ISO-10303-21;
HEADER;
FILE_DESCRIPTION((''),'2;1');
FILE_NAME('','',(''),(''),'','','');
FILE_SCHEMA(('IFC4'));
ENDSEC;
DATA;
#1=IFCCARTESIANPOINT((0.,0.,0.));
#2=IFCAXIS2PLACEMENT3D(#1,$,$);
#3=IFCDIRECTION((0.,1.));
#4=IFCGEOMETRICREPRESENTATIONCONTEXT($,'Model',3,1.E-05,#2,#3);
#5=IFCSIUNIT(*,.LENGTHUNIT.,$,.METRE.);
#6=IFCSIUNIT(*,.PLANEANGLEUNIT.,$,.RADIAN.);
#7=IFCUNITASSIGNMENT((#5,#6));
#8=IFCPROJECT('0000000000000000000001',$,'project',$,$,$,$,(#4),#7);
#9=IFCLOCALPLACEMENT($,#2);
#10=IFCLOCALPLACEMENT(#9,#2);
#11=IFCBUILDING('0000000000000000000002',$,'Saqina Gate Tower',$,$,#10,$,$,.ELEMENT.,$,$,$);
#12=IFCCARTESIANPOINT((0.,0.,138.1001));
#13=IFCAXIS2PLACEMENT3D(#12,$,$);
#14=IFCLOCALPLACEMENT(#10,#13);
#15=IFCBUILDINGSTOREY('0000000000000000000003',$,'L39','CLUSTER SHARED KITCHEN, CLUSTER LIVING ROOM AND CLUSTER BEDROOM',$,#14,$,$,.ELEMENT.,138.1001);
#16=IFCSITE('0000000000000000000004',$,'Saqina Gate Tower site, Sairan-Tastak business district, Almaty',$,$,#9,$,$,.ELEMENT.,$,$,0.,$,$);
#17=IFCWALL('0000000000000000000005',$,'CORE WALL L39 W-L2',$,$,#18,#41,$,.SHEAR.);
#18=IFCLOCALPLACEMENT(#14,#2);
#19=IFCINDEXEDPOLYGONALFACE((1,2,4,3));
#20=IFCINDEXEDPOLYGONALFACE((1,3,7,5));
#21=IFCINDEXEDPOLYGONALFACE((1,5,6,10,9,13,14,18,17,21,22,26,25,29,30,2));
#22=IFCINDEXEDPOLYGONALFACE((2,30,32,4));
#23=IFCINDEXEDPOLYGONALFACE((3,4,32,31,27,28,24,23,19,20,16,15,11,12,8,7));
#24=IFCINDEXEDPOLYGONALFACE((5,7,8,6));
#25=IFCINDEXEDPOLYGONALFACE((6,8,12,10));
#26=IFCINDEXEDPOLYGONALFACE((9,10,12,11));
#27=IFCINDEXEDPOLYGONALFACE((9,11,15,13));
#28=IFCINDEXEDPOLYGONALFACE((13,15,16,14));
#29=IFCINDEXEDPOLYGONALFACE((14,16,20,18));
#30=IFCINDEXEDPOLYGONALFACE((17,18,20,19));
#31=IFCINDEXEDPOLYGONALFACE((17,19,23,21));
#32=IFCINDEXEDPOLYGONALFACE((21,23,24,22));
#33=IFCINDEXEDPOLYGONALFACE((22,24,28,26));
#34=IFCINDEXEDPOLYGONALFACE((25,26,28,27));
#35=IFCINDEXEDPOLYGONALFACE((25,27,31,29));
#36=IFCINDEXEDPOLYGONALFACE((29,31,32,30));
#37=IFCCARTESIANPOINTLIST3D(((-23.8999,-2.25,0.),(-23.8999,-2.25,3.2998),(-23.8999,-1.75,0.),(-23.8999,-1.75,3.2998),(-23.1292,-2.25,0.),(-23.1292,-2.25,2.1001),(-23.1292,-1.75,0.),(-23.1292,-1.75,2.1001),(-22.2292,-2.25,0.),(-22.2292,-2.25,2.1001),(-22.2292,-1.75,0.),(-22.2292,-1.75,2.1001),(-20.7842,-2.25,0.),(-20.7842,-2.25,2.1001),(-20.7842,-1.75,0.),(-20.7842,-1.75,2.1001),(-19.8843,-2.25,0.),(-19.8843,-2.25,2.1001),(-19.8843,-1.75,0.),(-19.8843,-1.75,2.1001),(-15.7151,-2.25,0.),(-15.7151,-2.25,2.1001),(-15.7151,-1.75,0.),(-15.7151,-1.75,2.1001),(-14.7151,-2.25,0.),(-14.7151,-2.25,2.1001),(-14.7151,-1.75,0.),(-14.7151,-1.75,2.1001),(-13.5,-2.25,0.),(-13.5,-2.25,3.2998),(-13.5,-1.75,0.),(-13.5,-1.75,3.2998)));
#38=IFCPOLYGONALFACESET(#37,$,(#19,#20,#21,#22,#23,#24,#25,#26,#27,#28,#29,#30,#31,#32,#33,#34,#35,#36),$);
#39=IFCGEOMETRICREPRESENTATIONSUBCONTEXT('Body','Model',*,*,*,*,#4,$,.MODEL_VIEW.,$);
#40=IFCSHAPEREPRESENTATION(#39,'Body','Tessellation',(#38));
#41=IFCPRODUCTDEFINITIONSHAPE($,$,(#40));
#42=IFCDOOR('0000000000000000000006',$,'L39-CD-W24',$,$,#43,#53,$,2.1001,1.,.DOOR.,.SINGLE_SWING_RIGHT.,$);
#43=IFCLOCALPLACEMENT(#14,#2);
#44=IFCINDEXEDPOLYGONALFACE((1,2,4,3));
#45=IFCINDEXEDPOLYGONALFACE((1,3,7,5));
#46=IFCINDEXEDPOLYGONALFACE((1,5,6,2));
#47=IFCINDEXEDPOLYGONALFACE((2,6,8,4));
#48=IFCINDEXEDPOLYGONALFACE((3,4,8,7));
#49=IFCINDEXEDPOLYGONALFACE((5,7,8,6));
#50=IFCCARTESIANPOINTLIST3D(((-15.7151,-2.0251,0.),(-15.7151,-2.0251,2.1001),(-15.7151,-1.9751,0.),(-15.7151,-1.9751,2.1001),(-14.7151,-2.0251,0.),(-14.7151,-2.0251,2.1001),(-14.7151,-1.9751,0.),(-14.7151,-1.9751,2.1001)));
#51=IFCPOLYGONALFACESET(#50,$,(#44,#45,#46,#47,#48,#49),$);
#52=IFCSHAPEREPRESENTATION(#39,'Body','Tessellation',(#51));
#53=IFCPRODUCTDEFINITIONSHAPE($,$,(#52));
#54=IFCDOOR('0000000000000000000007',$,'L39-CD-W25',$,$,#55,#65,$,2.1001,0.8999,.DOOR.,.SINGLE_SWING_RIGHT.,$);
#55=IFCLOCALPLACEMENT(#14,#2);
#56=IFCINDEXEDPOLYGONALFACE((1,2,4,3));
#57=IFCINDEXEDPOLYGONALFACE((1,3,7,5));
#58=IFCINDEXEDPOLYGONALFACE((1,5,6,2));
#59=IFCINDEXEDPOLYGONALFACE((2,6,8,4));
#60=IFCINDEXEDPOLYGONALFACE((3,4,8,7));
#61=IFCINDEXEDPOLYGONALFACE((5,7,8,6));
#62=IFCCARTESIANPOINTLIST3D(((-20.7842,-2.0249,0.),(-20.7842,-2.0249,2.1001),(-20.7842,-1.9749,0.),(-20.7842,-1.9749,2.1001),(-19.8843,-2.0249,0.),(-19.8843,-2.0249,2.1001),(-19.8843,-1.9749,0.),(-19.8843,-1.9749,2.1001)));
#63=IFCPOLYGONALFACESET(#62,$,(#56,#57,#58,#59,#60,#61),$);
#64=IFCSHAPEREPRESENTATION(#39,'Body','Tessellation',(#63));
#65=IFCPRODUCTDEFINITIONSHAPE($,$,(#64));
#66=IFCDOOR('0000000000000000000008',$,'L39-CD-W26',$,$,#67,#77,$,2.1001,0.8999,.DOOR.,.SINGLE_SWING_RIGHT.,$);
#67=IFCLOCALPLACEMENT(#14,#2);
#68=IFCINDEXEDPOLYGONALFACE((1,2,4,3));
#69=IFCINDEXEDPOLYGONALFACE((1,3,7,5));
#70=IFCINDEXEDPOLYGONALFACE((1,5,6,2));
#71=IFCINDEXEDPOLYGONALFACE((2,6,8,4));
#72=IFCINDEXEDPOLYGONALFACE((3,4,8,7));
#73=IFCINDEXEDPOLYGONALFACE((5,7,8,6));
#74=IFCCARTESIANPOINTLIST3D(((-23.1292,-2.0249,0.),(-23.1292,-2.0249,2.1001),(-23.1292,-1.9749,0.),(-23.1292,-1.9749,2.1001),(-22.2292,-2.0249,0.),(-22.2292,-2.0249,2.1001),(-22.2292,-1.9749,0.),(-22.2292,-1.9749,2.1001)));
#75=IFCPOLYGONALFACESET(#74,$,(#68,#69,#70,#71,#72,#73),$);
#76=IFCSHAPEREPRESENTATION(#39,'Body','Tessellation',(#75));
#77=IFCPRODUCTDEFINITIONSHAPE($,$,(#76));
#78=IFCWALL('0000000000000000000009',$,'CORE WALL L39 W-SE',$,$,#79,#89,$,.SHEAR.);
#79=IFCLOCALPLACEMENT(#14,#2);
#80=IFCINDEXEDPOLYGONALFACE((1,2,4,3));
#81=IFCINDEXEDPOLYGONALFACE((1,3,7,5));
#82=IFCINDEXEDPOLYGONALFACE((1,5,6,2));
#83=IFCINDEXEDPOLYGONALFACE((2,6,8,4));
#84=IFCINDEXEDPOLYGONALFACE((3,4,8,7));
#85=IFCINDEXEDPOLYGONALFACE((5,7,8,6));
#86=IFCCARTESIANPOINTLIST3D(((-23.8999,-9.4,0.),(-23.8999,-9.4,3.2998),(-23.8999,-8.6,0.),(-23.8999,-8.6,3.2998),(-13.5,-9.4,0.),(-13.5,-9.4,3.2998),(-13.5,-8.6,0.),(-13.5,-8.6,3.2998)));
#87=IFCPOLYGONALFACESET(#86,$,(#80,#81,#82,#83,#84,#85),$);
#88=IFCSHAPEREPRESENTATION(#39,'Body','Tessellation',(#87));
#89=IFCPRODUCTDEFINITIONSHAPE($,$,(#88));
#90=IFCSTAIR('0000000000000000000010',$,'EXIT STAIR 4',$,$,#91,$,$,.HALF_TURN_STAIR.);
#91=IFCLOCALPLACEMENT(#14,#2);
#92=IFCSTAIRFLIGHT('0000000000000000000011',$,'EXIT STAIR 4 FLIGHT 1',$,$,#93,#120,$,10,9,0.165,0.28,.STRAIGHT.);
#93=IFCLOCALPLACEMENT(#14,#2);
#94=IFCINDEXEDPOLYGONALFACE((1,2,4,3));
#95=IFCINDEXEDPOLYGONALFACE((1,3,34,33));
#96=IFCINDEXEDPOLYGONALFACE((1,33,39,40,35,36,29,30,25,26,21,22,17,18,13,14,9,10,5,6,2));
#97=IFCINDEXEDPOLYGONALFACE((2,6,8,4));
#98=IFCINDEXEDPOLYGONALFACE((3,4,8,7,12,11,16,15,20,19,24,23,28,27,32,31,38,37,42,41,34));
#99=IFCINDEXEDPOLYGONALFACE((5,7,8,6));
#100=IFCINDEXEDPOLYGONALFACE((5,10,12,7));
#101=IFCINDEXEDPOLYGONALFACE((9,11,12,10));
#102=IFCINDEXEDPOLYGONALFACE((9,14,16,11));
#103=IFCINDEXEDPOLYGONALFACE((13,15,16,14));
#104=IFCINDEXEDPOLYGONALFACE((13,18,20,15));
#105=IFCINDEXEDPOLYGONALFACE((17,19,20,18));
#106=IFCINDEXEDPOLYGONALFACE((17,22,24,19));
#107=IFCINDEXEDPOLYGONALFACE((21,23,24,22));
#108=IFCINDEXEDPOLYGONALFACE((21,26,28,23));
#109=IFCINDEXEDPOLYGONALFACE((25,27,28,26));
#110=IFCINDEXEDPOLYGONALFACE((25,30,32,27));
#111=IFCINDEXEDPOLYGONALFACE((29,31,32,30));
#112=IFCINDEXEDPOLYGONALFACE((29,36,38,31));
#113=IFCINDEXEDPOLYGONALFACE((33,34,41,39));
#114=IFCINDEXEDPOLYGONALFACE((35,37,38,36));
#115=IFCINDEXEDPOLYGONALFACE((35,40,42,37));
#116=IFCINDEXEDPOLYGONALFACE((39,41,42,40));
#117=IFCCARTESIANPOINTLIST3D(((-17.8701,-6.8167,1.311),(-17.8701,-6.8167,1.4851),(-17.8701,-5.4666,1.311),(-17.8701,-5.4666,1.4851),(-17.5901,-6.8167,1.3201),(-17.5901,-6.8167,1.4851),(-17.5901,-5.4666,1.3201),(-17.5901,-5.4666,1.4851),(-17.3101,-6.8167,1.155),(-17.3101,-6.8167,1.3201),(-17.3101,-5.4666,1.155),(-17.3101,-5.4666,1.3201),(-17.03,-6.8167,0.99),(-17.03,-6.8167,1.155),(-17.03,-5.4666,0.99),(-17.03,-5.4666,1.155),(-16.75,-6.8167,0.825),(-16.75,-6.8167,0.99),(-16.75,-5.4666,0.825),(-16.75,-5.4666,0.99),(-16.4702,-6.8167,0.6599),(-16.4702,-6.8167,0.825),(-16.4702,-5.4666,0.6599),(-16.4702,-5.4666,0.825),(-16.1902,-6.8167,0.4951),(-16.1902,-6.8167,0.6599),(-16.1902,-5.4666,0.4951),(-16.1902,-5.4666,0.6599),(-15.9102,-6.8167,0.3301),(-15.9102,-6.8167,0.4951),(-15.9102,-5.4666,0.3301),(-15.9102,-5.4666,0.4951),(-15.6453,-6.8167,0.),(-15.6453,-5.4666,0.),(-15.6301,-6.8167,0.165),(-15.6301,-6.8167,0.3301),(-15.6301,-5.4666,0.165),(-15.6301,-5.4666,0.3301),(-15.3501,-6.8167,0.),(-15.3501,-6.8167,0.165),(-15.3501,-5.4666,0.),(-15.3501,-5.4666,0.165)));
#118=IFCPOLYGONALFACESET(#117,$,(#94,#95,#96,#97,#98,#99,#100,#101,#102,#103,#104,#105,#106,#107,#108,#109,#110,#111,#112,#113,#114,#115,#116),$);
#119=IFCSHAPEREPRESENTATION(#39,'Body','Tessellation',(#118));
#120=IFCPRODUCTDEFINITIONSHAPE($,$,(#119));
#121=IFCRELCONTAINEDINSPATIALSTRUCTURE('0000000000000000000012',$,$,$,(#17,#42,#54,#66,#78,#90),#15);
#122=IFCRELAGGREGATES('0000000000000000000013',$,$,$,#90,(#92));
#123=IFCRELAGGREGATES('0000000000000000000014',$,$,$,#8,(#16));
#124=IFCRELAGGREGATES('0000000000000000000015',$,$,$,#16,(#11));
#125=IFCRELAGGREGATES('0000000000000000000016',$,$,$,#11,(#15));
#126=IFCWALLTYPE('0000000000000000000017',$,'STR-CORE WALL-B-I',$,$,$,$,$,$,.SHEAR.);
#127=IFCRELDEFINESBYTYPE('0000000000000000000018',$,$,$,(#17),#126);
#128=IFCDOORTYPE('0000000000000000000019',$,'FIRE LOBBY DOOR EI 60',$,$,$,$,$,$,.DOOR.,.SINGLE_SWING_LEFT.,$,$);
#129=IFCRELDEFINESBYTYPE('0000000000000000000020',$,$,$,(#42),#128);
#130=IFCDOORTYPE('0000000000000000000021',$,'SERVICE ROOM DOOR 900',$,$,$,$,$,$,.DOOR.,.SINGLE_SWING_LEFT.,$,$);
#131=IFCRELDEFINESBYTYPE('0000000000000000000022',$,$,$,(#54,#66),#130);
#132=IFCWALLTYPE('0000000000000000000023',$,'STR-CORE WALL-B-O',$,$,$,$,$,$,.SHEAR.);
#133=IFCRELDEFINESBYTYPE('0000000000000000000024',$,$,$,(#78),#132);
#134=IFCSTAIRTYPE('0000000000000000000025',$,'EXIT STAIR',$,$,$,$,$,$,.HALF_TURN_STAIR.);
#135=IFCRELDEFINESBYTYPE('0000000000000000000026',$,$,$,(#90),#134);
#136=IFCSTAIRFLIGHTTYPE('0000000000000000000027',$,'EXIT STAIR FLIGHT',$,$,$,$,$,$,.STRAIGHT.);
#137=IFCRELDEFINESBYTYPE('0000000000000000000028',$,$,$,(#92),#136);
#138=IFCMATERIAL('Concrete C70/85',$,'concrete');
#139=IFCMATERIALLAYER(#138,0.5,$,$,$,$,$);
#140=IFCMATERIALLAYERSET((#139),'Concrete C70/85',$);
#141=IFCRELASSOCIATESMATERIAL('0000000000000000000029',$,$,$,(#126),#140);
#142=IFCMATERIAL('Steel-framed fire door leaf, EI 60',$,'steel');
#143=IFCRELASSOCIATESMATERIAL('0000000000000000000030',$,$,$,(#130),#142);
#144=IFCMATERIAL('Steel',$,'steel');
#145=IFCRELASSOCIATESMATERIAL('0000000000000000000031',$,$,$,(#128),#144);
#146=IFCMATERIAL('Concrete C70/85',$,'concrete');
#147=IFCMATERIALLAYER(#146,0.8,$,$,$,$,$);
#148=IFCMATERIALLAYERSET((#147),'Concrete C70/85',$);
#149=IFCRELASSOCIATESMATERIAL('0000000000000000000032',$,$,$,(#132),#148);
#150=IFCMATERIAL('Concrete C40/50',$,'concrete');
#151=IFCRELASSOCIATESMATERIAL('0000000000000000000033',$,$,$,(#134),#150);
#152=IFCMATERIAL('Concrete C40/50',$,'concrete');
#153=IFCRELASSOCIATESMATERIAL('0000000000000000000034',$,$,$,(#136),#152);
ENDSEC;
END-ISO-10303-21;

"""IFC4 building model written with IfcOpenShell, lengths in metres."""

from ifc_helpers import new_model, si_unit, direction, frame, frame_2d, origin, place, context, subcontext, project, spatial, polyline, rectangle, outline, extrude, material, layer, layer_set, type_object, element, fill, aggregate, save


model = new_model("IFC4")

# Units and contexts
model_context = context("Model", 3, precision=1e-05, world=origin(), true_north=direction((0.0, 1.0)))
body_context = subcontext(model_context, "Body", "Model", "MODEL_VIEW")
ifc_project = project(units=[si_unit("LENGTHUNIT", "METRE"), si_unit("PLANEANGLEUNIT", "RADIAN")], contexts=[model_context])

# Site, building, storey
site_placement = place(None, origin())
site = spatial("IfcSite", under=ifc_project, at=site_placement, Name="Saqina Gate Tower site, Sairan-Tastak business district, Almaty", CompositionType="ELEMENT", RefElevation=0.0)
building_placement = place(site_placement, origin())
building = spatial("IfcBuilding", under=site, at=building_placement, Name="Saqina Gate Tower", CompositionType="ELEMENT")
storey_placement = place(building_placement, frame((0.0, 0.0, 138.1001)))
storey = spatial("IfcBuildingStorey", under=building, at=storey_placement, Name="L39", Description="CLUSTER SHARED KITCHEN, CLUSTER LIVING ROOM AND CLUSTER BEDROOM", CompositionType="ELEMENT", Elevation=138.1001)

# Wall, openings, doors
ifc_material_1 = material(Name="Concrete C70/85", Category="concrete")
ifc_layer_1 = layer(ifc_material_1, 0.5)
ifc_layer_set_1 = layer_set([ifc_layer_1], Name="Concrete C70/85")
wall_type_1 = type_object("IfcWallType", Name="STR-CORE WALL-B-I", PredefinedType="SHEAR", material=ifc_layer_set_1)
ifc_material_2 = material(Name="Steel-framed fire door leaf, EI 60", Category="steel")
door_type_1 = type_object("IfcDoorType", Name="SERVICE ROOM DOOR 900", OperationType="SINGLE_SWING_LEFT", PredefinedType="DOOR", material=ifc_material_2)
wall_1_placement = place(storey_placement, frame((-13.5, -2.0, 0.0), z_axis=(0.0, 0.0, 1.0), x_axis=(-1.0, 0.0, 0.0)))
wall_1 = element("IfcWall", 1, at=wall_1_placement, inside=storey, type_object=wall_type_1, Name="CORE WALL L39 W-L2", PredefinedType="SHEAR", context=body_context, shape_type="SweptSolid", body=[
    extrude(rectangle(XDim=10.3999, YDim=0.5, at=frame_2d((5.2, 0.0))), origin(), (0.0, 0.0, 1.0), 3.2998),
])
opening_1_placement = place(wall_1_placement, frame((1.2151, 0.0, 0.0)))
opening_1 = element("IfcOpeningElement", 2, at=opening_1_placement, cuts=wall_1, PredefinedType="OPENING", context=body_context, shape_type="SweptSolid", body=[
    extrude(rectangle(XDim=1.0, YDim=2.1001, at=frame_2d((0.5, 1.05))), frame((0.0, 0.262, 0.0), z_axis=(0.0, -1.0, 0.0), x_axis=(1.0, 0.0, 0.0)), (0.0, 0.0, 1.0), 0.5239),
])
opening_2_placement = place(wall_1_placement, frame((6.3843, 0.0, 0.0)))
opening_2 = element("IfcOpeningElement", 3, at=opening_2_placement, cuts=wall_1, PredefinedType="OPENING", context=body_context, shape_type="SweptSolid", body=[
    extrude(rectangle(XDim=0.8999, YDim=2.1001, at=frame_2d((0.45, 1.05))), frame((0.0, 0.262, 0.0), z_axis=(0.0, -1.0, 0.0), x_axis=(1.0, 0.0, 0.0)), (0.0, 0.0, 1.0), 0.5239),
])
opening_3_placement = place(wall_1_placement, frame((8.7292, 0.0, 0.0)))
opening_3 = element("IfcOpeningElement", 4, at=opening_3_placement, cuts=wall_1, PredefinedType="OPENING", context=body_context, shape_type="SweptSolid", body=[
    extrude(rectangle(XDim=0.8999, YDim=2.1001, at=frame_2d((0.45, 1.05))), frame((0.0, 0.262, 0.0), z_axis=(0.0, -1.0, 0.0), x_axis=(1.0, 0.0, 0.0)), (0.0, 0.0, 1.0), 0.5239),
])
ifc_material_3 = material(Name="Steel", Category="steel")
door_type_2 = type_object("IfcDoorType", Name="FIRE LOBBY DOOR EI 60", OperationType="SINGLE_SWING_LEFT", PredefinedType="DOOR", material=ifc_material_3)
door_1_placement = place(opening_1_placement, frame((1.0, 0.0, 0.0), z_axis=(0.0, 0.0, 1.0), x_axis=(-1.0, 0.0, 0.0)))
door_1 = element("IfcDoor", 5, at=door_1_placement, inside=storey, type_object=door_type_2, Name="L39-CD-W24", OperationType="SINGLE_SWING_RIGHT", OverallHeight=2.1001, OverallWidth=1.0, PredefinedType="DOOR", context=body_context, shape_type="SweptSolid", body=[
    extrude(rectangle(XDim=1.0, YDim=2.1001, at=frame_2d((0.5, 1.05))), frame((0.0, 0.0249, 0.0), z_axis=(0.0, -1.0, 0.0), x_axis=(1.0, 0.0, 0.0)), (0.0, 0.0, 1.0), 0.05),
])
fill(opening_1, door_1)
door_2_placement = place(opening_2_placement, origin())
door_2 = element("IfcDoor", 6, at=door_2_placement, inside=storey, type_object=door_type_1, Name="L39-CD-W25", OperationType="SINGLE_SWING_RIGHT", OverallHeight=2.1001, OverallWidth=0.8999, PredefinedType="DOOR", context=body_context, shape_type="SweptSolid", body=[
    extrude(rectangle(XDim=0.8999, YDim=2.1001, at=frame_2d((0.45, 1.05))), frame((0.0, 0.0249, 0.0), z_axis=(0.0, -1.0, 0.0), x_axis=(1.0, 0.0, 0.0)), (0.0, 0.0, 1.0), 0.05),
])
fill(opening_2, door_2)
door_3_placement = place(opening_3_placement, origin())
door_3 = element("IfcDoor", 7, at=door_3_placement, inside=storey, type_object=door_type_1, Name="L39-CD-W26", OperationType="SINGLE_SWING_RIGHT", OverallHeight=2.1001, OverallWidth=0.8999, PredefinedType="DOOR", context=body_context, shape_type="SweptSolid", body=[
    extrude(rectangle(XDim=0.8999, YDim=2.1001, at=frame_2d((0.45, 1.05))), frame((0.0, 0.0249, 0.0), z_axis=(0.0, -1.0, 0.0), x_axis=(1.0, 0.0, 0.0)), (0.0, 0.0, 1.0), 0.05),
])
fill(opening_3, door_3)
ifc_material_4 = material(Name="Concrete C70/85", Category="concrete")
ifc_layer_2 = layer(ifc_material_4, 0.8)
ifc_layer_set_2 = layer_set([ifc_layer_2], Name="Concrete C70/85")
wall_type_2 = type_object("IfcWallType", Name="STR-CORE WALL-B-O", PredefinedType="SHEAR", material=ifc_layer_set_2)

# Wall
wall_2_placement = place(storey_placement, frame((-13.5, -9.0, 0.0), z_axis=(0.0, 0.0, 1.0), x_axis=(-1.0, 0.0, 0.0)))
element("IfcWall", 8, at=wall_2_placement, inside=storey, type_object=wall_type_2, Name="CORE WALL L39 W-SE", PredefinedType="SHEAR", context=body_context, shape_type="SweptSolid", body=[
    extrude(rectangle(XDim=10.3999, YDim=0.8, at=frame_2d((5.2, 0.0))), origin(), (0.0, 0.0, 1.0), 3.2998),
])

# Stair, stair flight
ifc_material_5 = material(Name="Concrete C40/50", Category="concrete")
stair_type = type_object("IfcStairType", Name="EXIT STAIR", PredefinedType="HALF_TURN_STAIR", material=ifc_material_5)
stair_placement = place(storey_placement, origin())
stair = element("IfcStair", 9, at=stair_placement, inside=storey, type_object=stair_type, Name="EXIT STAIR 4", PredefinedType="HALF_TURN_STAIR")
ifc_material_6 = material(Name="Concrete C40/50", Category="concrete")
stair_flight_type = type_object("IfcStairFlightType", Name="EXIT STAIR FLIGHT", PredefinedType="STRAIGHT", material=ifc_material_6)
stair_flight_placement = place(storey_placement, frame((-15.3501, -6.1416, 0.0), z_axis=(0.0, 0.0, 1.0), x_axis=(-1.0, 0.0, 0.0)))
stair_flight = element("IfcStairFlight", 10, at=stair_flight_placement, type_object=stair_flight_type, Name="EXIT STAIR 4 FLIGHT 1", NumberOfRisers=10, NumberOfTreads=9, PredefinedType="STRAIGHT", RiserHeight=0.165, TreadLength=0.28, context=body_context, shape_type="SweptSolid", body=[
    extrude(outline(polyline([(0.0, 0.0), (0.0, 0.165), (0.28, 0.165), (0.28, 0.3301), (0.5601, 0.3301), (0.5601, 0.4951), (0.8401, 0.4951), (0.8401, 0.6599), (1.1201, 0.6599), (1.1201, 0.825), (1.3999, 0.825), (1.3999, 0.99), (1.6799, 0.99), (1.6799, 1.155), (1.96, 1.155), (1.96, 1.3201), (2.24, 1.3201), (2.24, 1.4851), (2.52, 1.4851), (2.52, 1.6499), (2.52, 1.311), (0.2952, 0.0), (0.0, 0.0)])), frame((0.0, 0.675, 0.0), z_axis=(0.0, -1.0, 0.0), x_axis=(1.0, 0.0, 0.0)), (0.0, 0.0, 1.0), 1.3501),
])
aggregate(stair, [stair_flight])

save(model, "model.ifc")
